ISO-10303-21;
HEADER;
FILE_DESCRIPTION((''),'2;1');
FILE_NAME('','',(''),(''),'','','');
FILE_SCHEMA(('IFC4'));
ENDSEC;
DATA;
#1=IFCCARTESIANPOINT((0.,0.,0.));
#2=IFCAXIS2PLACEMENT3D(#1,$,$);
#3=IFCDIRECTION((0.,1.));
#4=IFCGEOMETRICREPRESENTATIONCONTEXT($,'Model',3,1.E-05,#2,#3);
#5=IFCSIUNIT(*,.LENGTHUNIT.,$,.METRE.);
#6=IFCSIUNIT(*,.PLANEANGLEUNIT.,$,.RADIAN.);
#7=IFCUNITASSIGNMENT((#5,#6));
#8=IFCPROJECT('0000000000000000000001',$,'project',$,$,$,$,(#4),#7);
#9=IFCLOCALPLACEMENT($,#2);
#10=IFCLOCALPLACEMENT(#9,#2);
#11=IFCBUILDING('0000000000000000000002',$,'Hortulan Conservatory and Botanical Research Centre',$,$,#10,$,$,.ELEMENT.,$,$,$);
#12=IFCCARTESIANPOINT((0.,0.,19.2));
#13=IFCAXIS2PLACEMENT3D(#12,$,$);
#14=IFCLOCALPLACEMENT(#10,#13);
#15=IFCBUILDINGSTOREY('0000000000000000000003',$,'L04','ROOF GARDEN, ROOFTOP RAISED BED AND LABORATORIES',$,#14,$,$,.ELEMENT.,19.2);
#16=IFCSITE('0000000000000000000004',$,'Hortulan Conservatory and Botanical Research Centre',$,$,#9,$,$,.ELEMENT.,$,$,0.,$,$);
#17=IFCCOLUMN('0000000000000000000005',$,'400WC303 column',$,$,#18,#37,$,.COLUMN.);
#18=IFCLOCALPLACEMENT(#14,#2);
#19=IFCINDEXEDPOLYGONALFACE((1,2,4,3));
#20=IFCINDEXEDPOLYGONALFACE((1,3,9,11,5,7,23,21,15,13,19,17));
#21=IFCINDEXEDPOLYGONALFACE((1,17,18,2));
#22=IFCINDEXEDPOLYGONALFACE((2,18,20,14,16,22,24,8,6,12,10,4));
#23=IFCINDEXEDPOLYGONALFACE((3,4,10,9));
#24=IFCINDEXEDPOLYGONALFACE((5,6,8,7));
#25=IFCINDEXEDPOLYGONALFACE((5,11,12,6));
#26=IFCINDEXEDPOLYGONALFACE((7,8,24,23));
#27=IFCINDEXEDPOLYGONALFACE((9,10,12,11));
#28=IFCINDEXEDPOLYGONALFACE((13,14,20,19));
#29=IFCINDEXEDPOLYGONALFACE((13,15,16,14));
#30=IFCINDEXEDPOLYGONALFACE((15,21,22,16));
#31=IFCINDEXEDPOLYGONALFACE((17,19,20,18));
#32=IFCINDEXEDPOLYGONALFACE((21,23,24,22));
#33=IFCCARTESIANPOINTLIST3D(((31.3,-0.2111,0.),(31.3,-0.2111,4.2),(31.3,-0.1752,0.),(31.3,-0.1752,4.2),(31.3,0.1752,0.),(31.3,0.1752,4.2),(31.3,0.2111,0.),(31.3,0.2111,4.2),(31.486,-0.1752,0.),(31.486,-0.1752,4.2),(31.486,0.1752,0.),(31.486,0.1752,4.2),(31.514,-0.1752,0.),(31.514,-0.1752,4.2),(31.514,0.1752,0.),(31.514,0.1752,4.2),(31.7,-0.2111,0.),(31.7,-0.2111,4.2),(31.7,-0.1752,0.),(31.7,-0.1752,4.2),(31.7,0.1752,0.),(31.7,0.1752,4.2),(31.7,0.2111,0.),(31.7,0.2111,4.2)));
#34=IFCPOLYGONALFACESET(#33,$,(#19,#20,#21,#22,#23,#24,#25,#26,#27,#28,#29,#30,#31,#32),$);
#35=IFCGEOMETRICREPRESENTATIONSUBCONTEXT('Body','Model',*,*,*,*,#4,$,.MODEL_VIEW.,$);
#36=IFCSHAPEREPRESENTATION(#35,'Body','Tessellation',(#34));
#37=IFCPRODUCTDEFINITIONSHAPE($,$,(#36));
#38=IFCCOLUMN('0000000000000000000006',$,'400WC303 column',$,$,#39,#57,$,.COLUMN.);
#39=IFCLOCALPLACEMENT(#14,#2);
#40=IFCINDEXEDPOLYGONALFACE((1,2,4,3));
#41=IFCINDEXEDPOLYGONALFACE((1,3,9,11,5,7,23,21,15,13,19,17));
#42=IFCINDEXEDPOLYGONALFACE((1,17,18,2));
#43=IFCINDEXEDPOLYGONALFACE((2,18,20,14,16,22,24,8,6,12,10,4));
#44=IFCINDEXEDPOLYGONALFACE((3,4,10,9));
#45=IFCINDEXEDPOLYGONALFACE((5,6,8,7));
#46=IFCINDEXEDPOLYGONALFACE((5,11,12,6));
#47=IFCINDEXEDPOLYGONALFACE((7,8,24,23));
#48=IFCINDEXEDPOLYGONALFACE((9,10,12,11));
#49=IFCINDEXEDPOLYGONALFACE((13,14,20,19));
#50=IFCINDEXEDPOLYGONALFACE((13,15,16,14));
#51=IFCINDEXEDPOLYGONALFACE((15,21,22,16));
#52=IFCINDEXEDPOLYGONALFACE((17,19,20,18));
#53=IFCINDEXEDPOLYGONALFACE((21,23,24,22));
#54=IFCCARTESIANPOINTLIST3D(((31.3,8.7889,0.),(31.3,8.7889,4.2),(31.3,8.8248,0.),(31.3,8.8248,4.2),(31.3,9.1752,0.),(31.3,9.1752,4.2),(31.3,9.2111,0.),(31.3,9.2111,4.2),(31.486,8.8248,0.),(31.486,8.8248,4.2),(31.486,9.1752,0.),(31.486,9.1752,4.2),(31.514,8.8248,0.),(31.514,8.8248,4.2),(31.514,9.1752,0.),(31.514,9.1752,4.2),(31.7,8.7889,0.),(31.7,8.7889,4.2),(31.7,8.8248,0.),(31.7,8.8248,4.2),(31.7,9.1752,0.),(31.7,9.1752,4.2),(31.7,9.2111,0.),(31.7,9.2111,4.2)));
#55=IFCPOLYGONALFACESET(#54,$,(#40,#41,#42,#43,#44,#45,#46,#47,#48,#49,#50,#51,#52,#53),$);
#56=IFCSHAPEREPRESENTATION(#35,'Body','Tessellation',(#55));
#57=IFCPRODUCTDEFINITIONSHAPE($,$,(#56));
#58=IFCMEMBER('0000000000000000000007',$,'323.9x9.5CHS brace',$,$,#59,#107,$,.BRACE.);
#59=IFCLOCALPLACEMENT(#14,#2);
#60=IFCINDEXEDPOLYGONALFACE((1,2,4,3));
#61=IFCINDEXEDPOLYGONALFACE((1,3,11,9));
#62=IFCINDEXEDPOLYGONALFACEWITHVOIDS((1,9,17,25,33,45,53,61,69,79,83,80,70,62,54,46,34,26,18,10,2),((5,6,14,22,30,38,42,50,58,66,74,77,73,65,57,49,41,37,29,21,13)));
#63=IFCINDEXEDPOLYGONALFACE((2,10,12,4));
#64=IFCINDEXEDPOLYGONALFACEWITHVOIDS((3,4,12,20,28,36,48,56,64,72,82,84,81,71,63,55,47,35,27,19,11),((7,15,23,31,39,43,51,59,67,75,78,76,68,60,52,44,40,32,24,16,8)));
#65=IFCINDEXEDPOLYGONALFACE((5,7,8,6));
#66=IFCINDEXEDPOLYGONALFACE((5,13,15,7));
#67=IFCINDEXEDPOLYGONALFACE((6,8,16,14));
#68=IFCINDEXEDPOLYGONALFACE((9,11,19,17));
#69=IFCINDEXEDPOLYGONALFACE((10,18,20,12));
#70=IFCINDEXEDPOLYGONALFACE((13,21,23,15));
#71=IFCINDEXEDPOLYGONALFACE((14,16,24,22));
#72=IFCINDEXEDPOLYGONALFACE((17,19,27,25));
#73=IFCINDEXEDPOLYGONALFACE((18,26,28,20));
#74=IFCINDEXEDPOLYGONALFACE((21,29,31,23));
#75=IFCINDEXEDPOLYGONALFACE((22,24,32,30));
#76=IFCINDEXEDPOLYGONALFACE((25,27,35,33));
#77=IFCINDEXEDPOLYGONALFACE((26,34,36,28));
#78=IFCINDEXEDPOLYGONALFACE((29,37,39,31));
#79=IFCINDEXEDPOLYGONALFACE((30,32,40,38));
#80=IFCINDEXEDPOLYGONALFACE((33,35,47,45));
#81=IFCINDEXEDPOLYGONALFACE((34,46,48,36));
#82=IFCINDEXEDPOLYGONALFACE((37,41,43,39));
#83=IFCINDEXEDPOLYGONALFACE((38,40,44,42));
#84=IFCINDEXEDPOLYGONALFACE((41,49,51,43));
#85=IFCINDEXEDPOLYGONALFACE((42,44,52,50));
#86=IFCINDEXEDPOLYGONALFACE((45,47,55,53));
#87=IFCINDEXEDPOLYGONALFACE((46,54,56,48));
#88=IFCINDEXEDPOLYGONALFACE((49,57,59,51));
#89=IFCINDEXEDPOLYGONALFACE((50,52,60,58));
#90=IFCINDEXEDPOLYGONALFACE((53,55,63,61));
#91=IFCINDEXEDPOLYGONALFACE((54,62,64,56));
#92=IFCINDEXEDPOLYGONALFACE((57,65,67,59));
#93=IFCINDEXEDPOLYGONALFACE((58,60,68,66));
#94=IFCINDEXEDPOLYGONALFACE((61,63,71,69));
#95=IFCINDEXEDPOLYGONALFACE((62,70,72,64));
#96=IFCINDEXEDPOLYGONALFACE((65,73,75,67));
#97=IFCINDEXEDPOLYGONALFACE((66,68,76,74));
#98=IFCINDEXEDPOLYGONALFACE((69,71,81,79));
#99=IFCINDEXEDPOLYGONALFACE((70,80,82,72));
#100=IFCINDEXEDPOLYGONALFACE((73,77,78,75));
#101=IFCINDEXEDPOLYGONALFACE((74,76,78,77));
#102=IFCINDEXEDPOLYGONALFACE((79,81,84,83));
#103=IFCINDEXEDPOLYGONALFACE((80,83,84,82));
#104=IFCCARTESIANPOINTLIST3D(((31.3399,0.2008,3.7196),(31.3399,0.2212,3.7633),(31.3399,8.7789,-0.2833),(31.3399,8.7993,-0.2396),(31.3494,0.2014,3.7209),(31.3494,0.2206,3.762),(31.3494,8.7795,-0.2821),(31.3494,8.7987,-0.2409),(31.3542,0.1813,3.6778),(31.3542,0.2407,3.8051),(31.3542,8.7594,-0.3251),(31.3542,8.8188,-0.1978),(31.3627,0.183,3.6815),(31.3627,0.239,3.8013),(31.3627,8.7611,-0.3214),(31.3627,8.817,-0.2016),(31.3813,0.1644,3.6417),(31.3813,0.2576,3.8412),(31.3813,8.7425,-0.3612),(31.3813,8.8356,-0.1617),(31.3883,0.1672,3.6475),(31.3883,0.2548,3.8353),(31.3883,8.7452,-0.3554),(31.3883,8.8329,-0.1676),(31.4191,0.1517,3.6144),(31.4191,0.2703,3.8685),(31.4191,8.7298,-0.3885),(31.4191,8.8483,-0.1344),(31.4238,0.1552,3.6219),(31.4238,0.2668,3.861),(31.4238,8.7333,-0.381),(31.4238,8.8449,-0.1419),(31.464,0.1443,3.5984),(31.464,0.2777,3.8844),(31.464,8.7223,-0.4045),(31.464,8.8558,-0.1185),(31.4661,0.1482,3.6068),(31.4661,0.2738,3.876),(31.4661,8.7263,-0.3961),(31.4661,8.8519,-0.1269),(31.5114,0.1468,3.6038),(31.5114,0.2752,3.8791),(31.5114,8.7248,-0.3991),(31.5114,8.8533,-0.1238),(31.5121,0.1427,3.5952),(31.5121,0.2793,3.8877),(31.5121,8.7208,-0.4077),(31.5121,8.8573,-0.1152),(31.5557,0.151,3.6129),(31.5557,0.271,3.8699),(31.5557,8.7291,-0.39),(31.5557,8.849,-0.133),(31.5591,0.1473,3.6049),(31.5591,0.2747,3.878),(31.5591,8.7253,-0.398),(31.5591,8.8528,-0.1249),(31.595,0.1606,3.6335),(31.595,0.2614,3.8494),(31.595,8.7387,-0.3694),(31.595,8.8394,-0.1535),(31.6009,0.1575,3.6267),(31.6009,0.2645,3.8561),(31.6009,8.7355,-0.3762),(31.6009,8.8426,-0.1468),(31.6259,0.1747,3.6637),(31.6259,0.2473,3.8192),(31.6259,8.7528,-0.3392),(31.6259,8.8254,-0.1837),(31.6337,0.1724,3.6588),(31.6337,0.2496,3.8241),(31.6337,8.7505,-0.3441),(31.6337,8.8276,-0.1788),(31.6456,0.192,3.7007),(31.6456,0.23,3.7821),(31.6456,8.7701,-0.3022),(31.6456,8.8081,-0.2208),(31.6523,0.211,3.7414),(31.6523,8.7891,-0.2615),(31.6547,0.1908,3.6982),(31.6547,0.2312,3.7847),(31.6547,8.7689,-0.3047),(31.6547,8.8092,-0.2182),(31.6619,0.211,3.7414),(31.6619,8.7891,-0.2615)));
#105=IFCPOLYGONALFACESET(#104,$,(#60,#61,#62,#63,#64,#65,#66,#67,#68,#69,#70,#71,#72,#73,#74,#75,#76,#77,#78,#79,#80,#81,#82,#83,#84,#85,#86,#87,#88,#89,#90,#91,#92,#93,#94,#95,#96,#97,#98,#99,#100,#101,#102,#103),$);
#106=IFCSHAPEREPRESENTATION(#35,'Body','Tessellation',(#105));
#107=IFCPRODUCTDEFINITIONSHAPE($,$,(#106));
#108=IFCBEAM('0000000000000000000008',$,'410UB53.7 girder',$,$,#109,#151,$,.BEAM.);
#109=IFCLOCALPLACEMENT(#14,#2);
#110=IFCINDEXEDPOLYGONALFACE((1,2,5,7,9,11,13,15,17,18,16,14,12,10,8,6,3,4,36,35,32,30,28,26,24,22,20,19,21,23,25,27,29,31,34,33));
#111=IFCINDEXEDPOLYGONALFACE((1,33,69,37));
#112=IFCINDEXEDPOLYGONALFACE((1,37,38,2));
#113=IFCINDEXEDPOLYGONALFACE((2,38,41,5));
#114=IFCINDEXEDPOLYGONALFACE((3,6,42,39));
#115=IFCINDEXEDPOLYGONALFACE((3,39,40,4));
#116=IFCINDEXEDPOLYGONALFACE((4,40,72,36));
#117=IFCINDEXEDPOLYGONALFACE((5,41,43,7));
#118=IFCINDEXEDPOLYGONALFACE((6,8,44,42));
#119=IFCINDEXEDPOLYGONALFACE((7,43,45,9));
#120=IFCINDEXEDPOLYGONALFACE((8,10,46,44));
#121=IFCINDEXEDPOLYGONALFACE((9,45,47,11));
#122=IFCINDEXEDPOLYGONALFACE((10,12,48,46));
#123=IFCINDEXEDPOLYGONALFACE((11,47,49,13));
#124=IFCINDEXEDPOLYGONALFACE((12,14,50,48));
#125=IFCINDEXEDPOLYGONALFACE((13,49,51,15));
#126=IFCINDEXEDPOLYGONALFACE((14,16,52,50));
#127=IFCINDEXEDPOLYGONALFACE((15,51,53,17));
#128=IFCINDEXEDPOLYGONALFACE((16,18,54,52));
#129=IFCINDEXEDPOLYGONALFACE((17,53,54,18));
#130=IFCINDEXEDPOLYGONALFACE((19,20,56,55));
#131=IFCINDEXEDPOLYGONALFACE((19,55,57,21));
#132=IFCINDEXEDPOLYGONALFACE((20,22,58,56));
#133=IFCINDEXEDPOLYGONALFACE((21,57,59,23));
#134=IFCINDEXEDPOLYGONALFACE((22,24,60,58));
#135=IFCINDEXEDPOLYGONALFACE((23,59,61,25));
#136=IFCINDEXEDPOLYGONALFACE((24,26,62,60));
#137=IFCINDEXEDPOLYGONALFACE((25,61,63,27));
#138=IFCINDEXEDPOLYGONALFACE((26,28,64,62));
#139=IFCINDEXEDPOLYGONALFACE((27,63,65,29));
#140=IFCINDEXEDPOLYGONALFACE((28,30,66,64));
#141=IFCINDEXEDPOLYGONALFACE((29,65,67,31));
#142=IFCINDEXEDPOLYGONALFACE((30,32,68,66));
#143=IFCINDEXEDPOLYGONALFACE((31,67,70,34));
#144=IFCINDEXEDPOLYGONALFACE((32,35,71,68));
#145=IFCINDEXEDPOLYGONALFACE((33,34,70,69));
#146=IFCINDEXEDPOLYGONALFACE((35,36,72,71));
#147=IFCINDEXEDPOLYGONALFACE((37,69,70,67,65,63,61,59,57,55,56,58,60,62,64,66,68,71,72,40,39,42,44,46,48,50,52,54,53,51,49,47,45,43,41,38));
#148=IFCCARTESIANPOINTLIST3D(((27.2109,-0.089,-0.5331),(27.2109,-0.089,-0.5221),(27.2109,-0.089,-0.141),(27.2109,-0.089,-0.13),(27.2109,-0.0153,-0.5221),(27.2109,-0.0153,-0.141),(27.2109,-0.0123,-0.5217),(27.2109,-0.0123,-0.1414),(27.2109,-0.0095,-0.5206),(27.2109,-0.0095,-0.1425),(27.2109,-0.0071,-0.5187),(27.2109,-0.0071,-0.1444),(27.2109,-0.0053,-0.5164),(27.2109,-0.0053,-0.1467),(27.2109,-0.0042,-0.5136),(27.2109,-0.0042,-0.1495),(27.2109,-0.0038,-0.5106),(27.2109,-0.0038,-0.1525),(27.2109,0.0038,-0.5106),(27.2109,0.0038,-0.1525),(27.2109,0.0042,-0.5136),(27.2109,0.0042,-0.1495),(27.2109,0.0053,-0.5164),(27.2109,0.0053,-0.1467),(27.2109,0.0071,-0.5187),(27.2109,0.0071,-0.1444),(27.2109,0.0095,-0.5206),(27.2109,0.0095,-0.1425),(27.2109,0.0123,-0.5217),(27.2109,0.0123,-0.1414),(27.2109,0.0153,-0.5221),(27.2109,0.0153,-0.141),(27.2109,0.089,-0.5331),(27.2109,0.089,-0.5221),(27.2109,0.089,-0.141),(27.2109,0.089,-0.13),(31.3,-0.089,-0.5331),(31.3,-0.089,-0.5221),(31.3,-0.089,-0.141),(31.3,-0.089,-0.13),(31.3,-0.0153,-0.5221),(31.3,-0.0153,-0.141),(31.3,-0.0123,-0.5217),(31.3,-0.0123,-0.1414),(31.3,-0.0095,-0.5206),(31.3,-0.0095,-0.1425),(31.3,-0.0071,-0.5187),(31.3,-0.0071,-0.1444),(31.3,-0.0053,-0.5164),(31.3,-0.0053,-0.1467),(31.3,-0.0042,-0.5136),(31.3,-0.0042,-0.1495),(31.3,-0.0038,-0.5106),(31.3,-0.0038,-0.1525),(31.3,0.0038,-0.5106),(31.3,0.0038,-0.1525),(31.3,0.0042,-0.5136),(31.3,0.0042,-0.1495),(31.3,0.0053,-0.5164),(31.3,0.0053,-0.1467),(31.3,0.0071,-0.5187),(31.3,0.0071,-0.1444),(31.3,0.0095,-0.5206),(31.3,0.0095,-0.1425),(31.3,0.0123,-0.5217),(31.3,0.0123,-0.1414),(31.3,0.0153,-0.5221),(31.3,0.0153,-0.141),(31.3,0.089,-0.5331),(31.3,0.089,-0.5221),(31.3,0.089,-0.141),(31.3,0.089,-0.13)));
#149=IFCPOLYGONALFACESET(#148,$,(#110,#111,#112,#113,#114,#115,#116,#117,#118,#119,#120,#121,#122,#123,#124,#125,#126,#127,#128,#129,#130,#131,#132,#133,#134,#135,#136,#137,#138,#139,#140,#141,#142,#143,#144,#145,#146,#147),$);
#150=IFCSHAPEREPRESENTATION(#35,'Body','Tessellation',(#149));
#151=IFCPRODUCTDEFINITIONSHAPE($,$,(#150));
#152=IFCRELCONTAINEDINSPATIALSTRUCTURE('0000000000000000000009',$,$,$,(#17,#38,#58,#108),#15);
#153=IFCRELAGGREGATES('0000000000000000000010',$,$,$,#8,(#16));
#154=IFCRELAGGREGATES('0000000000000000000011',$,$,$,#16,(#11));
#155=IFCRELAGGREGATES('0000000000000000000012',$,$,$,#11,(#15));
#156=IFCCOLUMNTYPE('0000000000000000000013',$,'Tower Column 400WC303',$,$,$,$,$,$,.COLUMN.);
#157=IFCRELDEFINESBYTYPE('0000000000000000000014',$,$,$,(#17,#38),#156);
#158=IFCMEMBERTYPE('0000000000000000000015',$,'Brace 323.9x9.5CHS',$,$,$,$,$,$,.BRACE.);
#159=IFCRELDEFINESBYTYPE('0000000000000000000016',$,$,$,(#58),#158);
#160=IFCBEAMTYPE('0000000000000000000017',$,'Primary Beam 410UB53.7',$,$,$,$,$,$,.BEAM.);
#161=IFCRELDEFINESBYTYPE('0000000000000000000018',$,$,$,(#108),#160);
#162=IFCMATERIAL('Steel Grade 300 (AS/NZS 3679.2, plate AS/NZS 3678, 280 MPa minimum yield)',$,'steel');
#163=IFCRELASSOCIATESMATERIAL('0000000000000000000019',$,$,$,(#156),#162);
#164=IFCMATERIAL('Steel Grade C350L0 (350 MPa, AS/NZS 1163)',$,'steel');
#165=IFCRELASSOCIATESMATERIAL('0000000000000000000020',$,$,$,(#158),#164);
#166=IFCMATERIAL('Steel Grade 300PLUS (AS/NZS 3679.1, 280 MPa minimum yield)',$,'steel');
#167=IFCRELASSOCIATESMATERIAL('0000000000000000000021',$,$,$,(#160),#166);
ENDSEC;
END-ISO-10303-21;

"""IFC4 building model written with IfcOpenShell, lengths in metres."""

from ifc_helpers import new_model, si_unit, direction, frame, origin, origin_2d, place, context, subcontext, project, spatial, hollow_circle, i_section, extrude, material, material_profile, profile_set, type_object, element, save


model = new_model("IFC4")

# Units and contexts
model_context = context("Model", 3, precision=1e-05, world=origin(), true_north=direction((0.0, 1.0)))
body_context = subcontext(model_context, "Body", "Model", "MODEL_VIEW")
ifc_project = project(units=[si_unit("LENGTHUNIT", "METRE"), si_unit("PLANEANGLEUNIT", "RADIAN")], contexts=[model_context])

# Site, building, storey
site_placement = place(None, origin())
site = spatial("IfcSite", under=ifc_project, at=site_placement, Name="Hortulan Conservatory and Botanical Research Centre", CompositionType="ELEMENT", RefElevation=0.0)
building_placement = place(site_placement, origin())
building = spatial("IfcBuilding", under=site, at=building_placement, Name="Hortulan Conservatory and Botanical Research Centre", CompositionType="ELEMENT")
storey_placement = place(building_placement, frame((0.0, 0.0, 19.2)))
storey = spatial("IfcBuildingStorey", under=building, at=storey_placement, Name="L04", Description="ROOF GARDEN, ROOFTOP RAISED BED AND LABORATORIES", CompositionType="ELEMENT", Elevation=19.2)

# Columns
ifc_material_1 = material(Name="Steel Grade 300 (AS/NZS 3679.2, plate AS/NZS 3678, 280 MPa minimum yield)", Category="steel")
ifc_material_profile_1 = material_profile(ifc_material_1, i_section(OverallWidth=0.3999, OverallDepth=0.4221, WebThickness=0.0281, FlangeThickness=0.0359, at=origin_2d()), Name="400WC303")
ifc_profile_set_1 = profile_set([ifc_material_profile_1], Name="Steel Grade 300 (AS/NZS 3679.2, plate AS/NZS 3678, 280 MPa minimum yield)")
column_type = type_object("IfcColumnType", Name="Tower Column 400WC303", PredefinedType="COLUMN", material=ifc_profile_set_1)
for number, where, z_axis, x_axis, name in (
    (1, (31.5, 0.0, 0.0), (0.0, 0.0, 1.0), (1.0, 0.0, 0.0), "400WC303 column"),
    (2, (31.5, 9.0, 0.0), (0.0, 0.0, 1.0), (1.0, 0.0, 0.0), "400WC303 column"),
):
    element("IfcColumn", number, at=place(storey_placement, frame(where, z_axis=z_axis, x_axis=x_axis)), inside=storey, type_object=column_type, Name=name, PredefinedType="COLUMN", context=body_context, shape_type="SweptSolid", body=[
        extrude(i_section(OverallWidth=0.3999, OverallDepth=0.4221, WebThickness=0.0281, FlangeThickness=0.0359, at=origin_2d()), origin(), (0.0, 0.0, 1.0), 4.2),
    ])

# Member
ifc_material_2 = material(Name="Steel Grade C350L0 (350 MPa, AS/NZS 1163)", Category="steel")
ifc_material_profile_2 = material_profile(ifc_material_2, hollow_circle(Radius=0.1619, WallThickness=0.0095, at=origin_2d()), Name="323.9x9.5CHS")
ifc_profile_set_2 = profile_set([ifc_material_profile_2], Name="Steel Grade C350L0 (350 MPa, AS/NZS 1163)")
member_type = type_object("IfcMemberType", Name="Brace 323.9x9.5CHS", PredefinedType="BRACE", material=ifc_profile_set_2)
member_placement = place(storey_placement, frame((31.5, 8.7891, -0.2615), z_axis=(0.0, -0.906191, 0.422869), x_axis=(1.0, 0.0, 0.0)))
element("IfcMember", 3, at=member_placement, inside=storey, type_object=member_type, Name="323.9x9.5CHS brace", PredefinedType="BRACE", context=body_context, shape_type="SweptSolid", body=[
    extrude(hollow_circle(Radius=0.1619, WallThickness=0.0095, at=origin_2d()), origin(), (0.0, 0.0, 1.0), 9.4661),
])

# Beam
ifc_material_3 = material(Name="Steel Grade 300PLUS (AS/NZS 3679.1, 280 MPa minimum yield)", Category="steel")
ifc_material_profile_3 = material_profile(ifc_material_3, i_section(OverallWidth=0.178, OverallDepth=0.4031, WebThickness=0.0076, FlangeThickness=0.011, FilletRadius=0.0115, at=origin_2d()), Name="410UB53.7")
ifc_profile_set_3 = profile_set([ifc_material_profile_3], Name="Steel Grade 300PLUS (AS/NZS 3679.1, 280 MPa minimum yield)")
beam_type_1 = type_object("IfcBeamType", Name="Primary Beam 410UB53.7", PredefinedType="BEAM", material=ifc_profile_set_3)
beam_placement = place(storey_placement, frame((27.2109, 0.0, -0.3315), z_axis=(1.0, 0.0, 0.0), x_axis=(0.0, 1.0, 0.0)))
element("IfcBeam", 4, at=beam_placement, inside=storey, type_object=beam_type_1, Name="410UB53.7 girder", PredefinedType="BEAM", context=body_context, shape_type="SweptSolid", body=[
    extrude(i_section(OverallWidth=0.178, OverallDepth=0.4031, WebThickness=0.0076, FlangeThickness=0.011, FilletRadius=0.0115, at=origin_2d()), origin(), (0.0, 0.0, 1.0), 4.0891),
])

save(model, "model.ifc")
